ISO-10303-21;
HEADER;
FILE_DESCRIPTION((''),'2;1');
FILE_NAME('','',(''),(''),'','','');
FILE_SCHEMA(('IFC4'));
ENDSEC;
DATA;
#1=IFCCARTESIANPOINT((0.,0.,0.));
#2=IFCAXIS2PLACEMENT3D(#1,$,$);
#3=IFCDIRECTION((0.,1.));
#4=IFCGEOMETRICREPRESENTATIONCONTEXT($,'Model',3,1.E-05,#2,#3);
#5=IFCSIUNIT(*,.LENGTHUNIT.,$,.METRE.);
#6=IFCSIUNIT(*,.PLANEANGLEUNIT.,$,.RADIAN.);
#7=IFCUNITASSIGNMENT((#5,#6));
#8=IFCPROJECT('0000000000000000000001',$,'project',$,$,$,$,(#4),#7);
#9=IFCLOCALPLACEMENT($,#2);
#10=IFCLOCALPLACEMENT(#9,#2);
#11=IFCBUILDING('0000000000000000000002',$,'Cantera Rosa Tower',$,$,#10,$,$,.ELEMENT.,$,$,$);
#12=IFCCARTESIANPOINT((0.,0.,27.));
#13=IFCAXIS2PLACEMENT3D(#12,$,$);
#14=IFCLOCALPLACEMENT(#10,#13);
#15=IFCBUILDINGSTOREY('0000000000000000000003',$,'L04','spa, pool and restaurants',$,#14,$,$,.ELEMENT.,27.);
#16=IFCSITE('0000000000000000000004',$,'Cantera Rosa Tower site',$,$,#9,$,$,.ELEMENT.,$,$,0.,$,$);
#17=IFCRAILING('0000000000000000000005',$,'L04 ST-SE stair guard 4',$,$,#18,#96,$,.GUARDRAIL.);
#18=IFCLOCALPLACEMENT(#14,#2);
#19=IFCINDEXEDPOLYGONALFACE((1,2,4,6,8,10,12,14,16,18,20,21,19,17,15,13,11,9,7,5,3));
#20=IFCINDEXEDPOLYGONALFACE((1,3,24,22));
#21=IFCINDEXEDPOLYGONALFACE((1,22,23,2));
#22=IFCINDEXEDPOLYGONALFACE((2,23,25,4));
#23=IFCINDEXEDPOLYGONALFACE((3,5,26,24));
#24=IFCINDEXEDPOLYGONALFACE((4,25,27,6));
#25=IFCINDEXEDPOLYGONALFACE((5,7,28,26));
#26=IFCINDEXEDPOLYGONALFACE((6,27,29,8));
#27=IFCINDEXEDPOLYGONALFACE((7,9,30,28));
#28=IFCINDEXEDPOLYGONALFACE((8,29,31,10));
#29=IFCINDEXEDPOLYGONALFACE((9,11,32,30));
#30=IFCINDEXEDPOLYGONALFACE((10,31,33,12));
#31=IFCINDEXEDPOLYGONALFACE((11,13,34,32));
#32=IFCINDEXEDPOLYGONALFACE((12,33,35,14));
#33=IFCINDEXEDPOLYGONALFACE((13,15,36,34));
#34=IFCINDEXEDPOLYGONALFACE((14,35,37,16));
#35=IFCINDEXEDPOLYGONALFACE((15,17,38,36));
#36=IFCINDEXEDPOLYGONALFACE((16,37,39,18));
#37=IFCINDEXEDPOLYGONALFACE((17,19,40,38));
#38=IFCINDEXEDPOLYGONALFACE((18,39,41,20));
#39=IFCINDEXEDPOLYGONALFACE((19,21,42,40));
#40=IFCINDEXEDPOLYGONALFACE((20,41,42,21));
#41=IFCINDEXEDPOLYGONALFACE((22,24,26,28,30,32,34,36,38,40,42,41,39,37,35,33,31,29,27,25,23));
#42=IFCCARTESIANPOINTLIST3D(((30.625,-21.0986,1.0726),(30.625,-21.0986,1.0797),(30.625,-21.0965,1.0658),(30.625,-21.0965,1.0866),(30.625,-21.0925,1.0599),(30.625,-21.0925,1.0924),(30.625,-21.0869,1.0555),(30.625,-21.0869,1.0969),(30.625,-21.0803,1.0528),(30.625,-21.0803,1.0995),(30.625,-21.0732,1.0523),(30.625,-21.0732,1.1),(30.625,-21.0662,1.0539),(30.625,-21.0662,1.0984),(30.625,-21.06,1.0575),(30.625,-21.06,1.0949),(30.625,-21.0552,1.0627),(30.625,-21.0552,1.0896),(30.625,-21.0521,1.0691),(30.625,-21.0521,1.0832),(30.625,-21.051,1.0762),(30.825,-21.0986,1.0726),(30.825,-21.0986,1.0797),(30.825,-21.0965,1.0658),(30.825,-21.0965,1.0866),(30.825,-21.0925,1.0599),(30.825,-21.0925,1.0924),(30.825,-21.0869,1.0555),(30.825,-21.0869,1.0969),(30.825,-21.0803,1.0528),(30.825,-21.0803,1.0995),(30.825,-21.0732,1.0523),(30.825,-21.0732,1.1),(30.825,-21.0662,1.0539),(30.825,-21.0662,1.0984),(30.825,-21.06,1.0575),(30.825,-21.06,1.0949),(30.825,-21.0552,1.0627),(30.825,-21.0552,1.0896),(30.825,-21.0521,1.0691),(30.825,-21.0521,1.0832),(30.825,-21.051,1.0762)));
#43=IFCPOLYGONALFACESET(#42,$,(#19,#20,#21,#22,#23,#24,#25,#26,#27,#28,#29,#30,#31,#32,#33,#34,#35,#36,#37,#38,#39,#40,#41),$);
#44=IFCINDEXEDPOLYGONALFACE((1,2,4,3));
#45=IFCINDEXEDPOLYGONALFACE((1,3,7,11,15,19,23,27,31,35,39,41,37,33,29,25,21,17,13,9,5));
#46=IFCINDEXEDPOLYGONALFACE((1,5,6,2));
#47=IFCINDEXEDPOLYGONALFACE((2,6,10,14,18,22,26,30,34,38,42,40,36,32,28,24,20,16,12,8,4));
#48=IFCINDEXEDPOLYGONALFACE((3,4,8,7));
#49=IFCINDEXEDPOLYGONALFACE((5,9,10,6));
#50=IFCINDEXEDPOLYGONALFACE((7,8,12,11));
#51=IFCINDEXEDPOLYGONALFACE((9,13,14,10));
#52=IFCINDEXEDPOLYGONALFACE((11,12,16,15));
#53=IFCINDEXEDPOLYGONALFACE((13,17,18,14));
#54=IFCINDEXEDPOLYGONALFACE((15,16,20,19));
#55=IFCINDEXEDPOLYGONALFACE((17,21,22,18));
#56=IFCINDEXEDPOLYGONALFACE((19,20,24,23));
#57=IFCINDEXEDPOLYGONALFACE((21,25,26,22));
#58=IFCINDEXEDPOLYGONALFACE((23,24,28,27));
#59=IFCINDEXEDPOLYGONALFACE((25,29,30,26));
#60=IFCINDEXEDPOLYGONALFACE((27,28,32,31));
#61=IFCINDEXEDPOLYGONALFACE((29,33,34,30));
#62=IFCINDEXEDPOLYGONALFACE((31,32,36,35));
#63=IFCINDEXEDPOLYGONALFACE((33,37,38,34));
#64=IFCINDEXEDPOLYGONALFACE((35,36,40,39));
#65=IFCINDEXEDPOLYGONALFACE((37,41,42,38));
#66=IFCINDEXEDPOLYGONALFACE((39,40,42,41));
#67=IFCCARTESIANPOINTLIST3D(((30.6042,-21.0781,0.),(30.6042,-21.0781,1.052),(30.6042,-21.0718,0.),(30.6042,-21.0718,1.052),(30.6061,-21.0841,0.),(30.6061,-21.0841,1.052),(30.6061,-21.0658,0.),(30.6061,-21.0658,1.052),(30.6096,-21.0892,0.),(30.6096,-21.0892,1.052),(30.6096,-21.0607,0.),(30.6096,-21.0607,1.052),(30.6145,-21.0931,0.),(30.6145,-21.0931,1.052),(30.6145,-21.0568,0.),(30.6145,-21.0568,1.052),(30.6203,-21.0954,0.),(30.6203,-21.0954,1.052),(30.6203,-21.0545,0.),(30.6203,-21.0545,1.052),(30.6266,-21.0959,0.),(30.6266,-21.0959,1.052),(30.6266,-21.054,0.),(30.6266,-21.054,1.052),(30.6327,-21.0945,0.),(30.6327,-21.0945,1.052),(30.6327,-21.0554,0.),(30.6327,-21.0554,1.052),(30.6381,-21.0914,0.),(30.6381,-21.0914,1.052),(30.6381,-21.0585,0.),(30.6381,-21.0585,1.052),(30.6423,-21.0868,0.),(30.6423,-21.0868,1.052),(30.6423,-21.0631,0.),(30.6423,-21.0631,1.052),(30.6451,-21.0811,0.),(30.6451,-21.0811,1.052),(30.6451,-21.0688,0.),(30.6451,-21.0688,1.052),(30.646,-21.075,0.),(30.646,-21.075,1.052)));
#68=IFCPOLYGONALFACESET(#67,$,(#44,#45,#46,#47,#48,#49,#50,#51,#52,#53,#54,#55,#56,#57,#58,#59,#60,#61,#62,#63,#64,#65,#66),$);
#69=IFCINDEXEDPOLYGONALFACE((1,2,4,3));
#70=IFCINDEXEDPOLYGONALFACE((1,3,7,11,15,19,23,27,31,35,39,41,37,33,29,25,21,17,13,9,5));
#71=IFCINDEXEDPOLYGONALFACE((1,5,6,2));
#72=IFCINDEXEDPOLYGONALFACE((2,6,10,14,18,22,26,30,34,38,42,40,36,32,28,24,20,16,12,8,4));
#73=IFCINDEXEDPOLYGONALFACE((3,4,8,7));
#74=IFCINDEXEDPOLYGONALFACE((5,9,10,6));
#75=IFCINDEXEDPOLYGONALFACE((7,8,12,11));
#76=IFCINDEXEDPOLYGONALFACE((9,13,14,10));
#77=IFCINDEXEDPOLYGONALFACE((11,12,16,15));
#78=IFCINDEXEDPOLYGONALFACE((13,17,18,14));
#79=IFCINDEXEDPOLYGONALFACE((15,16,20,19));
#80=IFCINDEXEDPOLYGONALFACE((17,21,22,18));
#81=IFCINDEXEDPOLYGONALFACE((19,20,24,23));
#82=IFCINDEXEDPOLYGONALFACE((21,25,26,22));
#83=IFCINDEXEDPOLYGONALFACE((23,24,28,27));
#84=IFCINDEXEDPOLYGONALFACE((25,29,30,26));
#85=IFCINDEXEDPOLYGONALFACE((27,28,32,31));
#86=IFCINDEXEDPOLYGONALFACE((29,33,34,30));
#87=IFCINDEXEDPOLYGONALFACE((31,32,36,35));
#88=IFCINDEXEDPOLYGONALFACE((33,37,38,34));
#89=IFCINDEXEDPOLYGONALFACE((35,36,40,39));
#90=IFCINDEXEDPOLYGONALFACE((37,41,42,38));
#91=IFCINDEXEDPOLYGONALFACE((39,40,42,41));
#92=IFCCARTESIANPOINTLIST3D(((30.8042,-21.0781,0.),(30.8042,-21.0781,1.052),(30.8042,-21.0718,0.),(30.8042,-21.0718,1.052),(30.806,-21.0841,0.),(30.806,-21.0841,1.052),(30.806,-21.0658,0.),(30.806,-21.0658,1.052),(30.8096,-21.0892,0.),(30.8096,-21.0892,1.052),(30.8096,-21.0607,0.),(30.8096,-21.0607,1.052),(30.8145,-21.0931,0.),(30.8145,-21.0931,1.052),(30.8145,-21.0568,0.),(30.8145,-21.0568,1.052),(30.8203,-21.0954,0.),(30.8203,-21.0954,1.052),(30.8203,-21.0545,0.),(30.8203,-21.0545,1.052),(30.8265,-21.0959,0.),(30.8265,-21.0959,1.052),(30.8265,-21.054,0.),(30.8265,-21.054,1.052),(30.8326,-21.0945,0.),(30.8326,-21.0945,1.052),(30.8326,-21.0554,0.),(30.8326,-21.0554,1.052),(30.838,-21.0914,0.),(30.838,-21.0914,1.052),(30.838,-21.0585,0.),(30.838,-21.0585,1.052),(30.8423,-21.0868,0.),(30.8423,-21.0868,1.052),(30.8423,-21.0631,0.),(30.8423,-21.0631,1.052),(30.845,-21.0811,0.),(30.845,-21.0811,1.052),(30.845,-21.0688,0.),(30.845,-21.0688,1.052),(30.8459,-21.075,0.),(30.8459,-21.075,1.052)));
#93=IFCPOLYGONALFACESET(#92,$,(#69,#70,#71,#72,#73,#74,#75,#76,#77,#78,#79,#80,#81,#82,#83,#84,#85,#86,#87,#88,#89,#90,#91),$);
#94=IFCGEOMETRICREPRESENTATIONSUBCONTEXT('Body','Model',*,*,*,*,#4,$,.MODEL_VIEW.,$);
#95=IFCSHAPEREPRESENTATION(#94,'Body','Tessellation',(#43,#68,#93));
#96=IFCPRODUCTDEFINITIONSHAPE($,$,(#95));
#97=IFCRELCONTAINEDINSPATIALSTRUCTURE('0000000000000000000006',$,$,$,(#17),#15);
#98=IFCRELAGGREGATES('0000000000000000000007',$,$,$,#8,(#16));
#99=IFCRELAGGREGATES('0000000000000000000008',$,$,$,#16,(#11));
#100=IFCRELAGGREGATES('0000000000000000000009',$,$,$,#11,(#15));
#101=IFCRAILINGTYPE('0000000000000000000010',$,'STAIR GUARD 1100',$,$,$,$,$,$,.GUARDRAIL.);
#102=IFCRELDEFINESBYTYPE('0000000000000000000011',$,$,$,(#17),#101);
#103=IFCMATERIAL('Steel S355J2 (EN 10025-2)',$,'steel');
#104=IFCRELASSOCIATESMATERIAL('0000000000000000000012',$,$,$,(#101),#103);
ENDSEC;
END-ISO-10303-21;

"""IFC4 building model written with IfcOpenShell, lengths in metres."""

from ifc_helpers import new_model, si_unit, direction, frame, origin, origin_2d, place, context, subcontext, project, spatial, circle, extrude, material, type_object, element, save


model = new_model("IFC4")

# Units and contexts
model_context = context("Model", 3, precision=1e-05, world=origin(), true_north=direction((0.0, 1.0)))
body_context = subcontext(model_context, "Body", "Model", "MODEL_VIEW")
ifc_project = project(units=[si_unit("LENGTHUNIT", "METRE"), si_unit("PLANEANGLEUNIT", "RADIAN")], contexts=[model_context])

# Site, building, storey
site_placement = place(None, origin())
site = spatial("IfcSite", under=ifc_project, at=site_placement, Name="Cantera Rosa Tower site", CompositionType="ELEMENT", RefElevation=0.0)
building_placement = place(site_placement, origin())
building = spatial("IfcBuilding", under=site, at=building_placement, Name="Cantera Rosa Tower", CompositionType="ELEMENT")
storey_placement = place(building_placement, frame((0.0, 0.0, 27.0)))
storey = spatial("IfcBuildingStorey", under=building, at=storey_placement, Name="L04", Description="spa, pool and restaurants", CompositionType="ELEMENT", Elevation=27.0)

# Railing
ifc_material_1 = material(Name="Steel S355J2 (EN 10025-2)", Category="steel")
railing_type_1 = type_object("IfcRailingType", Name="STAIR GUARD 1100", PredefinedType="GUARDRAIL", material=ifc_material_1)
railing_1_placement = place(storey_placement, frame((30.625, -21.075, 0.0)))
element("IfcRailing", 1, at=railing_1_placement, inside=storey, type_object=railing_type_1, Name="L04 ST-SE stair guard 4", PredefinedType="GUARDRAIL", context=body_context, shape_type="SweptSolid", body=[
    extrude(circle(Radius=0.0239, at=origin_2d()), frame((0.0, 0.0, 1.0762), z_axis=(1.0, 0.0, 0.0), x_axis=(0.0, 1.0, 0.0)), (0.0, 0.0, 1.0), 0.2),
    extrude(circle(Radius=0.021, at=origin_2d()), origin(), (0.0, 0.0, 1.0), 1.052),
    extrude(circle(Radius=0.021, at=origin_2d()), frame((0.2, 0.0, 0.0)), (0.0, 0.0, 1.0), 1.052),
])

save(model, "model.ifc")
